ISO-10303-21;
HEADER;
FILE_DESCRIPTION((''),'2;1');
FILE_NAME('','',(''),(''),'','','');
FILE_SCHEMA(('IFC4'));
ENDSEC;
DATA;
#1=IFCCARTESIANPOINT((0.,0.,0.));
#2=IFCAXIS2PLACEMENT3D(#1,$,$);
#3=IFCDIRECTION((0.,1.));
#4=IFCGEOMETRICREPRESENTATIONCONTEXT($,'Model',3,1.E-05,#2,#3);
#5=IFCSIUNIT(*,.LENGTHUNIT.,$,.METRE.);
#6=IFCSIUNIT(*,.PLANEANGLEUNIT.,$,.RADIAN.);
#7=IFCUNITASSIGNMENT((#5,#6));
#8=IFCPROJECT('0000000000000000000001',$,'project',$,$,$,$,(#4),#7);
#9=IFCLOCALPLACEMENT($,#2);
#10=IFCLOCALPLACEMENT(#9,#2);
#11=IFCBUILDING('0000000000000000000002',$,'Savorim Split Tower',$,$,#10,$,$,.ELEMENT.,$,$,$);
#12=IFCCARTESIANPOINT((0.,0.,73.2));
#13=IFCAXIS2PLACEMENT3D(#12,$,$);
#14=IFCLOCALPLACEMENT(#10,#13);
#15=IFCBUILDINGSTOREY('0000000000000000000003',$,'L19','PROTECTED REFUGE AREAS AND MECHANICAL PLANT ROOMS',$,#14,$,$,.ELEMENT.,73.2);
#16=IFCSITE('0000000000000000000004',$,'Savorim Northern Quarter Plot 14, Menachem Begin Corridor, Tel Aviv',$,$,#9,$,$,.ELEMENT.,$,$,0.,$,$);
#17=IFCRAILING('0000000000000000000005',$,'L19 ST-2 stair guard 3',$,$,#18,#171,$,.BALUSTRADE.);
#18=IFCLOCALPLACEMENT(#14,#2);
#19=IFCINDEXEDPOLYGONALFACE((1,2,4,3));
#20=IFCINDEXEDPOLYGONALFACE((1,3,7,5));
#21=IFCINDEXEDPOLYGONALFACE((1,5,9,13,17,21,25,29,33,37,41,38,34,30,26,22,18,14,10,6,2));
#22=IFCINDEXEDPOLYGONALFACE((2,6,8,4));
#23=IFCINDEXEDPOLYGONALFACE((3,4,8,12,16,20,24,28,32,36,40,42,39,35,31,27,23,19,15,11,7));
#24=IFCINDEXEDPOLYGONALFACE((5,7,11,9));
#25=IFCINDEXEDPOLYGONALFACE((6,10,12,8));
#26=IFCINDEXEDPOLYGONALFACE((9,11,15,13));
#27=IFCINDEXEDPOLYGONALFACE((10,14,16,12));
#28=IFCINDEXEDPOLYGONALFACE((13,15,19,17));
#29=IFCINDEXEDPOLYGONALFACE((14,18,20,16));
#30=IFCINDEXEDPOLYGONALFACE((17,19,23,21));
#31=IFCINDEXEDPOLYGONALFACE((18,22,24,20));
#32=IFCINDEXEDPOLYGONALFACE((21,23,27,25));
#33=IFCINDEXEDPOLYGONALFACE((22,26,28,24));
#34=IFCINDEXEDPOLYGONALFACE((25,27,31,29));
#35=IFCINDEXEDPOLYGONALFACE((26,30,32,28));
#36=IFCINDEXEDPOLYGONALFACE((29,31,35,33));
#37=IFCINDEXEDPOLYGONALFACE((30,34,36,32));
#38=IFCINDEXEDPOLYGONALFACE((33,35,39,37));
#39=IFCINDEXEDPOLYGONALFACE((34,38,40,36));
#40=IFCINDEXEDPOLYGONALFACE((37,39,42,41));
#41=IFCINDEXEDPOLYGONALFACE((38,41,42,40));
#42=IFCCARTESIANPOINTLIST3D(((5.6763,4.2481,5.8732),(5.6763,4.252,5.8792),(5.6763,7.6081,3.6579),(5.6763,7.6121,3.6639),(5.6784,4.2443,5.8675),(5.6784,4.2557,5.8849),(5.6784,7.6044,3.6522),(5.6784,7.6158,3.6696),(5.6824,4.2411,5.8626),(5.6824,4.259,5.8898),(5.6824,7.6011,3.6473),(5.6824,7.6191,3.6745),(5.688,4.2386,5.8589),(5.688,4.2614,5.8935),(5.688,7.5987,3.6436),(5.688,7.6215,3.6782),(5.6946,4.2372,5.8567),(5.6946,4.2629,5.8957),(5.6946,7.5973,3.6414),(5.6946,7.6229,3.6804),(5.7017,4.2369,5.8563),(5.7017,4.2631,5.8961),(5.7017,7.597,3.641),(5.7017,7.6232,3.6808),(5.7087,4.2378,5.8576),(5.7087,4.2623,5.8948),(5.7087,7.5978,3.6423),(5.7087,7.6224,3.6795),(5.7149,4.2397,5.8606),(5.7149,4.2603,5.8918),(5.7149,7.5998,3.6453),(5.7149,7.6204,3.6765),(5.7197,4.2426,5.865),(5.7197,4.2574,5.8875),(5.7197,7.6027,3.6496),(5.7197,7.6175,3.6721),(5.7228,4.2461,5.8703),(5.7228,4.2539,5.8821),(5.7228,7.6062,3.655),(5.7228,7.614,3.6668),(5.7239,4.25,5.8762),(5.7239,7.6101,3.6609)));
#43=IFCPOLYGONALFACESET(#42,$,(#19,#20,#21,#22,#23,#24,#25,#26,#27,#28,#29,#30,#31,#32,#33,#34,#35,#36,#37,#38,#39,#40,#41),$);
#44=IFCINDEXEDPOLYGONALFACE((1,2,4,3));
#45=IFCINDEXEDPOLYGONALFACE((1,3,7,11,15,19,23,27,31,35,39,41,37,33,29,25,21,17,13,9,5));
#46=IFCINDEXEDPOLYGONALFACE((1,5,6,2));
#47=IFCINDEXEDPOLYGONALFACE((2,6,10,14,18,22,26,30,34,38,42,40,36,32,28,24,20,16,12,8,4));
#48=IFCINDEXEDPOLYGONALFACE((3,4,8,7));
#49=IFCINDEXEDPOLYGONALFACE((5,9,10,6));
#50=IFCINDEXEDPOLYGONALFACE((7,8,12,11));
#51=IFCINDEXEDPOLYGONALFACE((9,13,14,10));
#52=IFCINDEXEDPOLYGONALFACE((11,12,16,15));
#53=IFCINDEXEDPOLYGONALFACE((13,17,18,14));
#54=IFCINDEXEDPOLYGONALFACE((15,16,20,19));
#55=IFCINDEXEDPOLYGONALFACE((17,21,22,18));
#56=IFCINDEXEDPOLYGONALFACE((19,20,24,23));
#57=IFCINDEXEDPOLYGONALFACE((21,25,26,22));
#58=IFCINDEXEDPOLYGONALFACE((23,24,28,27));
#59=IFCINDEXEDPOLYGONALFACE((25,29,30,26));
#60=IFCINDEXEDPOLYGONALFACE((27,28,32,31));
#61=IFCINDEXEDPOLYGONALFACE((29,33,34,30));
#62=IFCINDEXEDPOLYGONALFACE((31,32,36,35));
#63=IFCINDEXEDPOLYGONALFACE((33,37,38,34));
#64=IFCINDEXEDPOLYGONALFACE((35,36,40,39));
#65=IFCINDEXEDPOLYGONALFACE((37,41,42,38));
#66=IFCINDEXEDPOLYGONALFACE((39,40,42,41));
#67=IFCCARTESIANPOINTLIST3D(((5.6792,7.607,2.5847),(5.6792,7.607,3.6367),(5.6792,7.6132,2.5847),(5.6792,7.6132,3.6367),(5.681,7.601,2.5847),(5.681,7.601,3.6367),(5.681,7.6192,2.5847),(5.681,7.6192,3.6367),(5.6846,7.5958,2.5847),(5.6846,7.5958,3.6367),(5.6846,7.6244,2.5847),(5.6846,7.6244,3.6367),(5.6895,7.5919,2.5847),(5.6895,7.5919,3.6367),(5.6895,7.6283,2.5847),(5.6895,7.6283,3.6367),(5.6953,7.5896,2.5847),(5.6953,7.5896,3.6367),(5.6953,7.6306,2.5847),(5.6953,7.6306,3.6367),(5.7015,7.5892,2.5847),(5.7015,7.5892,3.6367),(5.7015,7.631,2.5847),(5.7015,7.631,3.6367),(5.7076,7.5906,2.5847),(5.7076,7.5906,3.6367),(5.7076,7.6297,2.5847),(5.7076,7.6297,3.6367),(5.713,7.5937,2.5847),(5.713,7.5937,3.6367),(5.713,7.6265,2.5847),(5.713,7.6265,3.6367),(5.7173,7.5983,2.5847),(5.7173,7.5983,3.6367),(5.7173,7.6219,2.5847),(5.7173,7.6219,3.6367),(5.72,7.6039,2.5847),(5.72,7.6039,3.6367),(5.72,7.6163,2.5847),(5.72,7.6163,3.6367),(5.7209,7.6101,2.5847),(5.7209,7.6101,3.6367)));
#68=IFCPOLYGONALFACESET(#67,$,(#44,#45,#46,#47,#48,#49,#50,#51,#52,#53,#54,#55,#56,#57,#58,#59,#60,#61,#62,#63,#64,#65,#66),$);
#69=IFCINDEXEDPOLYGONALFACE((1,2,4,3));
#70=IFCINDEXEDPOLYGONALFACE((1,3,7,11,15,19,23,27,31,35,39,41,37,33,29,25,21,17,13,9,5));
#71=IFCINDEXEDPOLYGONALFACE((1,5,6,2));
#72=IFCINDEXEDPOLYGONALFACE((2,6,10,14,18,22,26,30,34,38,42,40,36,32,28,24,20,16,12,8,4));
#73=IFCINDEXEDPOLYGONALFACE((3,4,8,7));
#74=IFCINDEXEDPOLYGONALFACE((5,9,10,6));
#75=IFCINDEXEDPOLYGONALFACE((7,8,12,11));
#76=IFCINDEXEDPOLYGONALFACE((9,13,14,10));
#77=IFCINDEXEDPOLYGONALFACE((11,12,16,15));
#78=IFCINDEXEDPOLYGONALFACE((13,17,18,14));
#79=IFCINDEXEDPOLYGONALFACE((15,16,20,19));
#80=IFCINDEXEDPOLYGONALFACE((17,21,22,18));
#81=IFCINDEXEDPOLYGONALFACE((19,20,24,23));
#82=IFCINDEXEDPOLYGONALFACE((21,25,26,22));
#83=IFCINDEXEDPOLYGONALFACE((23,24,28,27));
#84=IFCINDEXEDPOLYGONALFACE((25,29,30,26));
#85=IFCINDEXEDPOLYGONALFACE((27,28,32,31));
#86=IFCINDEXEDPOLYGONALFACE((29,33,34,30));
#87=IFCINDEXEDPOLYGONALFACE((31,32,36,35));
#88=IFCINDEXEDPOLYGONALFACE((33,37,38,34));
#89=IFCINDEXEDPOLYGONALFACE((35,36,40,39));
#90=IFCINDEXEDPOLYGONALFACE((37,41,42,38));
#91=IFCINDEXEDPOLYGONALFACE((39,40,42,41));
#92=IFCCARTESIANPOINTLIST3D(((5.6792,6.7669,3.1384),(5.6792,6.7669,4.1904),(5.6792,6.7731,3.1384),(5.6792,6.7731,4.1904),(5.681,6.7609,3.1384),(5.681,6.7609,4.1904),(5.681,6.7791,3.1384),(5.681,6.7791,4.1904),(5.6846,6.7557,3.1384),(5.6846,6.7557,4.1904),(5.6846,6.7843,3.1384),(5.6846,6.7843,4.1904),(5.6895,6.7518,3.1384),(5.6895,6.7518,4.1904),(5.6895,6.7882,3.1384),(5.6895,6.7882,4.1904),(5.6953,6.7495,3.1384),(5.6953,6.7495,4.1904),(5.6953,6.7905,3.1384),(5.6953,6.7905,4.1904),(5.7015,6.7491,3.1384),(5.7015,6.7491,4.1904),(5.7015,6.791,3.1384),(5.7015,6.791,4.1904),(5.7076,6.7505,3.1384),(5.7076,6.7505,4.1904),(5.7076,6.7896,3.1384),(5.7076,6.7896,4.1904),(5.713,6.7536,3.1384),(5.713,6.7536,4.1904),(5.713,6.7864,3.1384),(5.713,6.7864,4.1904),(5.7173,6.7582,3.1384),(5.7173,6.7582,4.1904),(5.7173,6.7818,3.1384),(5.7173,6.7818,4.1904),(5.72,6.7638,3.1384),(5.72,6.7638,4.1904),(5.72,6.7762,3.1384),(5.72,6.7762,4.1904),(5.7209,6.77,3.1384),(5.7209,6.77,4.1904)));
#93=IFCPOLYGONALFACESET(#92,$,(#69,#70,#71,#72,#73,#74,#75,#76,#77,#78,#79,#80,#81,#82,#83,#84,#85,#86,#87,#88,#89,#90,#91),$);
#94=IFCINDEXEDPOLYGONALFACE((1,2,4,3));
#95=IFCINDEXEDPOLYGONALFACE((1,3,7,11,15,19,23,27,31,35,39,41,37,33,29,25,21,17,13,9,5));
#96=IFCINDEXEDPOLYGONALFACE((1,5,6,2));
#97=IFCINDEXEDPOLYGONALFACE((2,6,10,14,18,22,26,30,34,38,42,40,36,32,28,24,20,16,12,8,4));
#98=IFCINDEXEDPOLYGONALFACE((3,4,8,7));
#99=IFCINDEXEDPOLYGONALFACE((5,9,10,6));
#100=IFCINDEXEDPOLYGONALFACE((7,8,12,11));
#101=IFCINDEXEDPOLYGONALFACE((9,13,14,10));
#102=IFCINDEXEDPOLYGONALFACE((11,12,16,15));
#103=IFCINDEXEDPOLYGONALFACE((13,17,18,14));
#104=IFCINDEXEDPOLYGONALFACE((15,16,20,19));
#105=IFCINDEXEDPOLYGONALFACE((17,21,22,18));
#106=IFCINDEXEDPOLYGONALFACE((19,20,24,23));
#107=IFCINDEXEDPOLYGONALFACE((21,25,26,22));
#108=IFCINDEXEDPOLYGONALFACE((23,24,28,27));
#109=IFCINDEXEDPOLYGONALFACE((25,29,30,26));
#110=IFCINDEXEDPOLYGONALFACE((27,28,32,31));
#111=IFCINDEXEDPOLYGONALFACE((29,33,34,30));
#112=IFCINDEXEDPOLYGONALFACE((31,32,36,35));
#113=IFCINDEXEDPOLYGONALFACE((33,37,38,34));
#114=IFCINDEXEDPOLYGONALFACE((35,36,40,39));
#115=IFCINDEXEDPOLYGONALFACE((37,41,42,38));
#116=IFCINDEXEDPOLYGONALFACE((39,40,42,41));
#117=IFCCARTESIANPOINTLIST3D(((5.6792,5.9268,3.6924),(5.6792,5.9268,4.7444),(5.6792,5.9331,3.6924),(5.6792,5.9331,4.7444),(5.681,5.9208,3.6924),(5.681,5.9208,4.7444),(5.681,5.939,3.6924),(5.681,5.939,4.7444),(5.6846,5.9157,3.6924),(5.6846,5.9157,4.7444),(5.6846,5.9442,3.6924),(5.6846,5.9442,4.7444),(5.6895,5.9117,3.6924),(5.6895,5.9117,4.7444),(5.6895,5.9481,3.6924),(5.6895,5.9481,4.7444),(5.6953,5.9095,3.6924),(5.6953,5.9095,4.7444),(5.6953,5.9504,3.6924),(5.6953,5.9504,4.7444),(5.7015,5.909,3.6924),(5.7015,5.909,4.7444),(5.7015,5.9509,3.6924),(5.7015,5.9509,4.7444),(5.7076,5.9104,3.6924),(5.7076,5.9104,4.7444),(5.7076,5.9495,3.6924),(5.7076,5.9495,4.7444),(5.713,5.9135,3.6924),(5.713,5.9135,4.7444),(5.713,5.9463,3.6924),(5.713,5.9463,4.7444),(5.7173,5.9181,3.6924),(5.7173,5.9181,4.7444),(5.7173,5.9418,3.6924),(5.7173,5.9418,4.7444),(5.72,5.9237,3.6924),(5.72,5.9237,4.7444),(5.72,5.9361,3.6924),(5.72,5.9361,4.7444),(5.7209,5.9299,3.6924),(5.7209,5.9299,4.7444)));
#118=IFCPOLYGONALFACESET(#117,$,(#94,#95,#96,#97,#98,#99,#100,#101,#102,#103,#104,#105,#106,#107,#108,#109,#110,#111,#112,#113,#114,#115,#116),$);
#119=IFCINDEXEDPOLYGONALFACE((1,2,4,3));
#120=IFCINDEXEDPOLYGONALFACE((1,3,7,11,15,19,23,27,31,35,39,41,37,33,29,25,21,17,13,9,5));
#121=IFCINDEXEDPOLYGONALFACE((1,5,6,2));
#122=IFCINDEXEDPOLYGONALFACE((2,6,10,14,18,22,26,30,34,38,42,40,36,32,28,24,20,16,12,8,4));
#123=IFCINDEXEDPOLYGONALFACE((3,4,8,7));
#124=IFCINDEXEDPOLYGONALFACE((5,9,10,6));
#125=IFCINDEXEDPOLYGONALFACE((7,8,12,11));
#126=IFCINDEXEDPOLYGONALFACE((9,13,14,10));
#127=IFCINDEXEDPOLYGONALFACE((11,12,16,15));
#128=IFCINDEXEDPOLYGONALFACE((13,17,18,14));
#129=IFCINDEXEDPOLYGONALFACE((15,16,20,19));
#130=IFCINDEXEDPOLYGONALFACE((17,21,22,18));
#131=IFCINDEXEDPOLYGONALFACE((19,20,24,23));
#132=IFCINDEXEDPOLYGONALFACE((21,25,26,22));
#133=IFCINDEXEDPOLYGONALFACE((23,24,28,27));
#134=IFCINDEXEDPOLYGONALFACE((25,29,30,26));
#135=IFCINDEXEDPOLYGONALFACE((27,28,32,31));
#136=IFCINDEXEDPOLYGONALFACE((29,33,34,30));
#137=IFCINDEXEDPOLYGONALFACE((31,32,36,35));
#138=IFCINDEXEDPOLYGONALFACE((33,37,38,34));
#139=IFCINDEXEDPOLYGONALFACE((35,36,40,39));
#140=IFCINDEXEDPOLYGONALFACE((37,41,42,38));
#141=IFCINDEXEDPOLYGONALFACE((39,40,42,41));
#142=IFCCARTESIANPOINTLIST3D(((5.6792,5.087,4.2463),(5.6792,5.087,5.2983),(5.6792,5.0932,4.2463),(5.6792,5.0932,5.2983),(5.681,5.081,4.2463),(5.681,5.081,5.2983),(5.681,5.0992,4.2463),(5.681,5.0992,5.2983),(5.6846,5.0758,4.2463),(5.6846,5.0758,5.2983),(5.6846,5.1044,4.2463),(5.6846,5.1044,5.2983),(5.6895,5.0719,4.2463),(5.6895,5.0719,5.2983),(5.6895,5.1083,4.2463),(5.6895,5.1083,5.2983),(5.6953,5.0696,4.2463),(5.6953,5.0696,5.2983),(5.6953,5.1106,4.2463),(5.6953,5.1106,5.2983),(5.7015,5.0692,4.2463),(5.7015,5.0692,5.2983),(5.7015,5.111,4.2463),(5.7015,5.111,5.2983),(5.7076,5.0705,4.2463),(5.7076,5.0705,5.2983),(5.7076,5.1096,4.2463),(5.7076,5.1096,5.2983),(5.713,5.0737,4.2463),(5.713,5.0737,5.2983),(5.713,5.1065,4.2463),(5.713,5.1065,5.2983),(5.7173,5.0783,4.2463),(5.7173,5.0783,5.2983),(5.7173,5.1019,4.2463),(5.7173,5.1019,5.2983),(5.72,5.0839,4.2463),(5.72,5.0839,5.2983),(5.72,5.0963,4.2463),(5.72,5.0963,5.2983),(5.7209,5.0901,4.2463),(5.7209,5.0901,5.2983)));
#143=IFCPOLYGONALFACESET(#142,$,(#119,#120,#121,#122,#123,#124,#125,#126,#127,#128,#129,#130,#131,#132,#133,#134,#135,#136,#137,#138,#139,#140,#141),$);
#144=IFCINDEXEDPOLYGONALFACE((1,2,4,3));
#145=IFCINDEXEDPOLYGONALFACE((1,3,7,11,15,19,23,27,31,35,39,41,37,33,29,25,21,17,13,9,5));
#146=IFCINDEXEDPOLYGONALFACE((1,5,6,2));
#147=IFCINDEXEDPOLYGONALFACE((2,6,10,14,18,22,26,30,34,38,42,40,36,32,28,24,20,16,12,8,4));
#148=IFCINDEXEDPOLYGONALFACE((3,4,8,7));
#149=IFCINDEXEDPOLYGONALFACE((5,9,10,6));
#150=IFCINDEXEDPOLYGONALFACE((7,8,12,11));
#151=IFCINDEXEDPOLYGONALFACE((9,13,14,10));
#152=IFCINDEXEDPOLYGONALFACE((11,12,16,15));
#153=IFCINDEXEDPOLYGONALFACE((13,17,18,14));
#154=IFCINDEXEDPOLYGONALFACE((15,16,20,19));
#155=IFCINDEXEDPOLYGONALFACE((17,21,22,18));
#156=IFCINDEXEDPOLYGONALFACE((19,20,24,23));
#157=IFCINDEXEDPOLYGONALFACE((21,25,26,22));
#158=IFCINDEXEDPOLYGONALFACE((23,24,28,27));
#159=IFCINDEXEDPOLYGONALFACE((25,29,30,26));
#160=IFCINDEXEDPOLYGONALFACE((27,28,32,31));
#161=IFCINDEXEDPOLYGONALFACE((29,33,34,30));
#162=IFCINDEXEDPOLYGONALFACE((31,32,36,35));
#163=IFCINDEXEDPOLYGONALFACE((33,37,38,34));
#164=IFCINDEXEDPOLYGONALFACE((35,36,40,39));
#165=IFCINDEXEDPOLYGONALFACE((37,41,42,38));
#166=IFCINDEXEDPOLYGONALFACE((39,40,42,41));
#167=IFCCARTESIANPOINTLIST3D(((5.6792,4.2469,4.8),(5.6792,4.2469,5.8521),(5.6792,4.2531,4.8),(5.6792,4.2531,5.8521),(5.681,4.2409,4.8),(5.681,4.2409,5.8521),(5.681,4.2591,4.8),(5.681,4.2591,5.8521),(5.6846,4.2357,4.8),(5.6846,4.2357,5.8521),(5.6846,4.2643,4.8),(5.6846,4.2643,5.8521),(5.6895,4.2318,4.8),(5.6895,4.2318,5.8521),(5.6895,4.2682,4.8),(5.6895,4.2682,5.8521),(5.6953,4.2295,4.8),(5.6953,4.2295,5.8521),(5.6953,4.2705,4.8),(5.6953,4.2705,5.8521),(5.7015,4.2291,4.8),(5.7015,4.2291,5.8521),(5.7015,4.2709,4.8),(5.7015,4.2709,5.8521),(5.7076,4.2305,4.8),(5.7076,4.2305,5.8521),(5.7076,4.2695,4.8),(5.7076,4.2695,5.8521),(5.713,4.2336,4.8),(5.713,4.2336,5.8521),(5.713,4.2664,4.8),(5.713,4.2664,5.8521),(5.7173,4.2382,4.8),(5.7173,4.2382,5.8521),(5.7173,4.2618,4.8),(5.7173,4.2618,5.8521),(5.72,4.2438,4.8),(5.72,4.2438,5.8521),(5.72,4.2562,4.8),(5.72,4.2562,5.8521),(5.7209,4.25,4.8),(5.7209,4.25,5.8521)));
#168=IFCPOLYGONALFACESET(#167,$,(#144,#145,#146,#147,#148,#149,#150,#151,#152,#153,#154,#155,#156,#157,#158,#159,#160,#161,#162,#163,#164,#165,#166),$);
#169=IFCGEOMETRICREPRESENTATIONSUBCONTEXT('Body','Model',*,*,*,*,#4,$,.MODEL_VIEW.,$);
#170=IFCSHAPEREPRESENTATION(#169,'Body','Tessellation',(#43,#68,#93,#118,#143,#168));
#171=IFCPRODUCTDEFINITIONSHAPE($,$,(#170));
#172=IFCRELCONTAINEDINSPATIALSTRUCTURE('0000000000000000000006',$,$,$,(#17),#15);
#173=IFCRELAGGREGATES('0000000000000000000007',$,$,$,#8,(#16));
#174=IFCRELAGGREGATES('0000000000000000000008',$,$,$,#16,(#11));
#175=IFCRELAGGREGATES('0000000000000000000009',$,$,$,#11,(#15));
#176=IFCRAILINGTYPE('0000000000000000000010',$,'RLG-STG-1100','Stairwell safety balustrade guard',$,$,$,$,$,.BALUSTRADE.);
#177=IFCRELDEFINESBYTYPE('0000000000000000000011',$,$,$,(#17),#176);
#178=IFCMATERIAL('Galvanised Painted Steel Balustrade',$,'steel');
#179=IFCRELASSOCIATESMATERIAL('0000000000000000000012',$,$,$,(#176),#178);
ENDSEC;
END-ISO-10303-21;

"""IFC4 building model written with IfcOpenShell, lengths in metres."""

from ifc_helpers import new_model, si_unit, direction, frame, origin, origin_2d, place, context, subcontext, project, spatial, circle, extrude, material, type_object, element, save


model = new_model("IFC4")

# Units and contexts
model_context = context("Model", 3, precision=1e-05, world=origin(), true_north=direction((0.0, 1.0)))
body_context = subcontext(model_context, "Body", "Model", "MODEL_VIEW")
ifc_project = project(units=[si_unit("LENGTHUNIT", "METRE"), si_unit("PLANEANGLEUNIT", "RADIAN")], contexts=[model_context])

# Site, building, storey
site_placement = place(None, origin())
site = spatial("IfcSite", under=ifc_project, at=site_placement, Name="Savorim Northern Quarter Plot 14, Menachem Begin Corridor, Tel Aviv", CompositionType="ELEMENT", RefElevation=0.0)
building_placement = place(site_placement, origin())
building = spatial("IfcBuilding", under=site, at=building_placement, Name="Savorim Split Tower", CompositionType="ELEMENT")
storey_placement = place(building_placement, frame((0.0, 0.0, 73.2)))
storey = spatial("IfcBuildingStorey", under=building, at=storey_placement, Name="L19", Description="PROTECTED REFUGE AREAS AND MECHANICAL PLANT ROOMS", CompositionType="ELEMENT", Elevation=73.2)

# Shared definitions
ifc_material_1 = material(Name="Galvanised Painted Steel Balustrade", Category="steel")

# Railing
railing_type_1 = type_object("IfcRailingType", Name="RLG-STG-1100", Description="Stairwell safety balustrade guard", PredefinedType="BALUSTRADE", material=ifc_material_1)
railing_1_placement = place(storey_placement, frame((5.7, 7.6101, 2.5847)))
element("IfcRailing", 1, at=railing_1_placement, inside=storey, type_object=railing_type_1, Name="L19 ST-2 stair guard 3", PredefinedType="BALUSTRADE", context=body_context, shape_type="SweptSolid", body=[
    extrude(circle(Radius=0.0239, at=origin_2d()), frame((0.0, 0.0, 1.0762), z_axis=(0.0, -0.834876, 0.550437), x_axis=(1.0, 0.0, 0.0)), (0.0, 0.0, 1.0), 4.0247),
    extrude(circle(Radius=0.021, at=origin_2d()), origin(), (0.0, 0.0, 1.0), 1.052),
    extrude(circle(Radius=0.021, at=origin_2d()), frame((0.0, -0.8401, 0.5537)), (0.0, 0.0, 1.0), 1.052),
    extrude(circle(Radius=0.021, at=origin_2d()), frame((0.0, -1.6802, 1.1077)), (0.0, 0.0, 1.0), 1.052),
    extrude(circle(Radius=0.021, at=origin_2d()), frame((0.0, -2.52, 1.6616)), (0.0, 0.0, 1.0), 1.052),
    extrude(circle(Radius=0.021, at=origin_2d()), frame((0.0, -3.3601, 2.2153)), (0.0, 0.0, 1.0), 1.052),
])

save(model, "model.ifc")
